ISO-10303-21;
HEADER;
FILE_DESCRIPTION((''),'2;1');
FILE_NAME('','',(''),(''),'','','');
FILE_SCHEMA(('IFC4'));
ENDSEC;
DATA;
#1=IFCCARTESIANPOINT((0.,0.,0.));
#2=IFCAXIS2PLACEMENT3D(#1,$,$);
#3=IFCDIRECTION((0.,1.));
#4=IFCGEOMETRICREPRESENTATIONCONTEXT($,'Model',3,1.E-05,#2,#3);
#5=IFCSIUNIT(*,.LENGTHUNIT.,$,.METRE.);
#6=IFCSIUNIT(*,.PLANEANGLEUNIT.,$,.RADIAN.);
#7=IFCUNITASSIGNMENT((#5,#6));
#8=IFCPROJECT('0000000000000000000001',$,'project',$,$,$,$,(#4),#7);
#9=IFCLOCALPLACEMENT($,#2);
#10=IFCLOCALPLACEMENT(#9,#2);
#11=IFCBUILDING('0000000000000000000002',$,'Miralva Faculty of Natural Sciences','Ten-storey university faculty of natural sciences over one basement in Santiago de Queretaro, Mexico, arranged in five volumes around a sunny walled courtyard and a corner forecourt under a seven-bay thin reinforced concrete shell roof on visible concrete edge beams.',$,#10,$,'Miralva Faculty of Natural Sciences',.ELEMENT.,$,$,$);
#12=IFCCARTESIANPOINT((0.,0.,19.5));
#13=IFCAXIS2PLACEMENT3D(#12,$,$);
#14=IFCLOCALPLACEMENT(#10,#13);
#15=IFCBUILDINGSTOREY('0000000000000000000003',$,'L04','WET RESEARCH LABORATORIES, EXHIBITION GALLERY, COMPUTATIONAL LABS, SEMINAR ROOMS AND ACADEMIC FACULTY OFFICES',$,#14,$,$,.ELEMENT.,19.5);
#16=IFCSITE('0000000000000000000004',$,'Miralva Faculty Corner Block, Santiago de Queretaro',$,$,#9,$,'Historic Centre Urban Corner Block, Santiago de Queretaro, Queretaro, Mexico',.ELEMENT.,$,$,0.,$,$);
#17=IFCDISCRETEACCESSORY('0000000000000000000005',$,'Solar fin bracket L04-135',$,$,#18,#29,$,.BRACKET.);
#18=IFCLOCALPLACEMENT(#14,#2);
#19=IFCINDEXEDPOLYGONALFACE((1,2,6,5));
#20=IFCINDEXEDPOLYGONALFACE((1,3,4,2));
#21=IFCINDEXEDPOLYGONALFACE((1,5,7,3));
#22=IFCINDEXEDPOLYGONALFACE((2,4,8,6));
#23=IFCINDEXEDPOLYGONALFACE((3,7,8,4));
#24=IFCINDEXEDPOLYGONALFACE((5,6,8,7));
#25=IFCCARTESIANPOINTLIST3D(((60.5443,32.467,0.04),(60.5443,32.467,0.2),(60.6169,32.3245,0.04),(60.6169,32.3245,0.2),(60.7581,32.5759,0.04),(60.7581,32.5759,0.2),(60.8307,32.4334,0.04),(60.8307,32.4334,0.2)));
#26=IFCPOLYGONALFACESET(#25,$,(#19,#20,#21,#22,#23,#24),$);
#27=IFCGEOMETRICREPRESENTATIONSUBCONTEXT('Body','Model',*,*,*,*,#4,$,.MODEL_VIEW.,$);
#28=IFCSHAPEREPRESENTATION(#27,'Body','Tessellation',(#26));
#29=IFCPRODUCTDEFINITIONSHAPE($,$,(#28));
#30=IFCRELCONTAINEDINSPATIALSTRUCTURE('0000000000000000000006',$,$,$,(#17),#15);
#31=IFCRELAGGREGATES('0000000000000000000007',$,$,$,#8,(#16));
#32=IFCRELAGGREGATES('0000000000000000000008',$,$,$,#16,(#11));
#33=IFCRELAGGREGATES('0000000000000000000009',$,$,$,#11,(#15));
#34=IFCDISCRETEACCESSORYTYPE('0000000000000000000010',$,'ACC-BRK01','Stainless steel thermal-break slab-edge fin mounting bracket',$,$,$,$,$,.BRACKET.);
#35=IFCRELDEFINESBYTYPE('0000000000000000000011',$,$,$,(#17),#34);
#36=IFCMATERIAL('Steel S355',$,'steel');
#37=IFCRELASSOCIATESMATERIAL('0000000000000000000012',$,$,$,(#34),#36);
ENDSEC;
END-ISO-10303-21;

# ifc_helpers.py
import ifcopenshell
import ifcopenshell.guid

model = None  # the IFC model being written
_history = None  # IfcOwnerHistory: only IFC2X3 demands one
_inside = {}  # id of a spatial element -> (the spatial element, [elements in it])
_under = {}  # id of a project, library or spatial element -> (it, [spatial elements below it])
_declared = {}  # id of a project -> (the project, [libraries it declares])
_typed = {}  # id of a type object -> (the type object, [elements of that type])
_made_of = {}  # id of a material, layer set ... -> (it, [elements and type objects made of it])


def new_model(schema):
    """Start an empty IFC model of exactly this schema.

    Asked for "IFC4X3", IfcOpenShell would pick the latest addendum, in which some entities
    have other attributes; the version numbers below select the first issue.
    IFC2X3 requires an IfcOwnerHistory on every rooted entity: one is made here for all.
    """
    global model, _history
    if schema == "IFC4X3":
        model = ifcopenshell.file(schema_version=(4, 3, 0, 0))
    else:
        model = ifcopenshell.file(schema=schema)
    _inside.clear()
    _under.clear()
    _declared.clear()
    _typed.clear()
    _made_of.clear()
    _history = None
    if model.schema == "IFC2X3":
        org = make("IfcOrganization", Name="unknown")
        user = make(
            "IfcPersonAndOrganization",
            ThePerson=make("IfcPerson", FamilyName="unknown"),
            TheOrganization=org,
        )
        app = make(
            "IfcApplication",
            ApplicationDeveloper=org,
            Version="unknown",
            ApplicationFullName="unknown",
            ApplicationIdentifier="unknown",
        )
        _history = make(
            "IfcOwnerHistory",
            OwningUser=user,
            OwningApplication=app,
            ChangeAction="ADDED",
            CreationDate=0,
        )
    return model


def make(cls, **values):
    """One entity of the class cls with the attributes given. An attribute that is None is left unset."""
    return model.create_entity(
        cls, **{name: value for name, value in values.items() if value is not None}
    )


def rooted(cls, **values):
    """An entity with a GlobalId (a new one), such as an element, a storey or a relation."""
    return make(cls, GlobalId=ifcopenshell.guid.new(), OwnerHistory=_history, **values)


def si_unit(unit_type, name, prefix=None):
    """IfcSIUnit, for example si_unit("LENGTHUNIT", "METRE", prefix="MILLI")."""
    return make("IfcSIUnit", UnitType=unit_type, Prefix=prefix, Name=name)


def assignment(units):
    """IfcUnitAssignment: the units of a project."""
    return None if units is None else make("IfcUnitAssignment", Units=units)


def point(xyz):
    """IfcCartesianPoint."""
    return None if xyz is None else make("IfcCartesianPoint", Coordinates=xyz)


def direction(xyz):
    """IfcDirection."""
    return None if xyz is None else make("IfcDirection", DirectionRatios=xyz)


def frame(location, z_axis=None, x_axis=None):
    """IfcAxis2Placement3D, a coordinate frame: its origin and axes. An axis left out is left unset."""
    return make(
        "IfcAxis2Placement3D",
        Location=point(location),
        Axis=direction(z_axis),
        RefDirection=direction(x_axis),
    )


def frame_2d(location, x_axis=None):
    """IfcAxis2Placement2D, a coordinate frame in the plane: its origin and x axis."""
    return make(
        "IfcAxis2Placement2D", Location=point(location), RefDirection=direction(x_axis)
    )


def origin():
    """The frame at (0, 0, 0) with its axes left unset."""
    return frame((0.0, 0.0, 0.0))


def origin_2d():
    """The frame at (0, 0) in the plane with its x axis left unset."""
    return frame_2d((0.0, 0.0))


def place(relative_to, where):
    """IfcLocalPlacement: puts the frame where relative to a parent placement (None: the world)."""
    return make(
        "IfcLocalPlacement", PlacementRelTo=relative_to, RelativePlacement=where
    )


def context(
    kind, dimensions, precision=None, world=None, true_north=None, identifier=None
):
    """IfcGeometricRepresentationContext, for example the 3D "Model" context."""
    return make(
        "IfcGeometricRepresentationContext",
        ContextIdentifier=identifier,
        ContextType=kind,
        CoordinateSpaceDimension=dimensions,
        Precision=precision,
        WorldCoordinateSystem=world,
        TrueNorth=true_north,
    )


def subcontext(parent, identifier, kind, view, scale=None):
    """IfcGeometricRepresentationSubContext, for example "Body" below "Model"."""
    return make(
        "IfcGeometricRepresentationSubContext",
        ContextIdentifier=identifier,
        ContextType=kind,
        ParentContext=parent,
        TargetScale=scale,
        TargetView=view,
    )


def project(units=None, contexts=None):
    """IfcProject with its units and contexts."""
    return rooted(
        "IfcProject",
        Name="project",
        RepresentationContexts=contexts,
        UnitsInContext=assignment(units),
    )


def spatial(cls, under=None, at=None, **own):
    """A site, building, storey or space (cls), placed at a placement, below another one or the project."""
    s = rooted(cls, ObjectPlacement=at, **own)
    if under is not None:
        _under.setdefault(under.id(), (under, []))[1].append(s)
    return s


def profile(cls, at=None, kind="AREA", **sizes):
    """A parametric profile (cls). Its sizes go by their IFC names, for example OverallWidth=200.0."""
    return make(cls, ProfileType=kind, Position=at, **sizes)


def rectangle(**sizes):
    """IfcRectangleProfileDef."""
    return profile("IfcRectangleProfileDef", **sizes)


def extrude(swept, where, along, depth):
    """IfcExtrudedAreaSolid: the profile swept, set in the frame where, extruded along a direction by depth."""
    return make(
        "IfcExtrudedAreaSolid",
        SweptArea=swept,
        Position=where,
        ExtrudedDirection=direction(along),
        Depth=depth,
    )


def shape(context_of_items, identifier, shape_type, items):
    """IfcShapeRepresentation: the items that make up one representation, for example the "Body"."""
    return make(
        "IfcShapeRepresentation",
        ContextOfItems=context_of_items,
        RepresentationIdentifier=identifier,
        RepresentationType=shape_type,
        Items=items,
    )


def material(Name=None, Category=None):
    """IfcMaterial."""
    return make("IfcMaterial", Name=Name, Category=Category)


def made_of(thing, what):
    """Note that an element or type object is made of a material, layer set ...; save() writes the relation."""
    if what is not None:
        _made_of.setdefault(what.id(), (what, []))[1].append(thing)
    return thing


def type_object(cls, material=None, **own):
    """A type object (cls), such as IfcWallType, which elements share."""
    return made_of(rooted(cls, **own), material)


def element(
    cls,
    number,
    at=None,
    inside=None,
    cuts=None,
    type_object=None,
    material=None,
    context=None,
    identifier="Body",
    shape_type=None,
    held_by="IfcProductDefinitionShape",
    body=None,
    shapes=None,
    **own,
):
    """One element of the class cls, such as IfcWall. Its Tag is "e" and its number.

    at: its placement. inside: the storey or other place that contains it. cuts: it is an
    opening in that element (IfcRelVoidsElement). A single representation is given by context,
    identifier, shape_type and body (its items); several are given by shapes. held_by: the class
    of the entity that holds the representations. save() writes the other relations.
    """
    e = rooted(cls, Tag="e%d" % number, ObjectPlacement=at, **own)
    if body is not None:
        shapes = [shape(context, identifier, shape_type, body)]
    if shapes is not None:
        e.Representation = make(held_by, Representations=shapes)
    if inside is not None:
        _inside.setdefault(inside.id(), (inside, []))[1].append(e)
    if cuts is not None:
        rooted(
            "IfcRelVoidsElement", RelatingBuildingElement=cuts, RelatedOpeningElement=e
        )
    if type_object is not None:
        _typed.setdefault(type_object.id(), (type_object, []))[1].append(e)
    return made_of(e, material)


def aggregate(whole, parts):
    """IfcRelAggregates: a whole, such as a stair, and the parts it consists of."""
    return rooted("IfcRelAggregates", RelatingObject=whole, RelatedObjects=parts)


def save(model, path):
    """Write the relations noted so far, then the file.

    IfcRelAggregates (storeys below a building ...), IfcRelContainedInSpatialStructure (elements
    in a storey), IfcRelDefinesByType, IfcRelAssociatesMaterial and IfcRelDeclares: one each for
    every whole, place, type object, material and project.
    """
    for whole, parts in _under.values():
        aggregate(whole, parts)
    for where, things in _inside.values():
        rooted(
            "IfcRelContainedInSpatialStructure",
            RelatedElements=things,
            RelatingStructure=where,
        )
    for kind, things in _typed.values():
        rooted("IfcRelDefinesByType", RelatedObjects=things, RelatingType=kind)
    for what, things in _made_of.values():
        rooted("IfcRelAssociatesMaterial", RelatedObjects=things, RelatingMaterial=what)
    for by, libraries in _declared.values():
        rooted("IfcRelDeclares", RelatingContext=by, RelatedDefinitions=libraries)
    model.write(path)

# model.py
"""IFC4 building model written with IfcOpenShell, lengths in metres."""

from ifc_helpers import new_model, si_unit, direction, frame, origin, origin_2d, place, context, subcontext, project, spatial, rectangle, extrude, material, type_object, element, save


model = new_model("IFC4")

# Units and contexts
model_context = context("Model", 3, precision=1e-05, world=origin(), true_north=direction((0.0, 1.0)))
body_context = subcontext(model_context, "Body", "Model", "MODEL_VIEW")
ifc_project = project(units=[si_unit("LENGTHUNIT", "METRE"), si_unit("PLANEANGLEUNIT", "RADIAN")], contexts=[model_context])

# Site, building, storey
site_placement = place(None, origin())
site = spatial("IfcSite", under=ifc_project, at=site_placement, Name="Miralva Faculty Corner Block, Santiago de Queretaro", LongName="Historic Centre Urban Corner Block, Santiago de Queretaro, Queretaro, Mexico", CompositionType="ELEMENT", RefElevation=0.0)
building_placement = place(site_placement, origin())
building = spatial("IfcBuilding", under=site, at=building_placement, Name="Miralva Faculty of Natural Sciences", Description="Ten-storey university faculty of natural sciences over one basement in Santiago de Queretaro, Mexico, arranged in five volumes around a sunny walled courtyard and a corner forecourt under a seven-bay thin reinforced concrete shell roof on visible concrete edge beams.", LongName="Miralva Faculty of Natural Sciences", CompositionType="ELEMENT")
storey_placement = place(building_placement, frame((0.0, 0.0, 19.5)))
storey = spatial("IfcBuildingStorey", under=building, at=storey_placement, Name="L04", Description="WET RESEARCH LABORATORIES, EXHIBITION GALLERY, COMPUTATIONAL LABS, SEMINAR ROOMS AND ACADEMIC FACULTY OFFICES", CompositionType="ELEMENT", Elevation=19.5)

# Discrete accessory
ifc_material_1 = material(Name="Steel S355", Category="steel")
discrete_accessory_type = type_object("IfcDiscreteAccessoryType", Name="ACC-BRK01", Description="Stainless steel thermal-break slab-edge fin mounting bracket", PredefinedType="BRACKET", material=ifc_material_1)
for number, where, z_axis, x_axis, name in (
    (1, (60.6875, 32.4502, 0.04), (0.0, 0.0, 1.0), (-0.45399, 0.891007, 0.0), "Solar fin bracket L04-135"),
):
    element("IfcDiscreteAccessory", number, at=place(storey_placement, frame(where, z_axis=z_axis, x_axis=x_axis)), inside=storey, type_object=discrete_accessory_type, Name=name, PredefinedType="BRACKET", context=body_context, shape_type="SweptSolid", body=[
        extrude(rectangle(XDim=0.1599, YDim=0.24, at=origin_2d()), origin(), (0.0, 0.0, 1.0), 0.1599),
    ])

save(model, "model.ifc")
